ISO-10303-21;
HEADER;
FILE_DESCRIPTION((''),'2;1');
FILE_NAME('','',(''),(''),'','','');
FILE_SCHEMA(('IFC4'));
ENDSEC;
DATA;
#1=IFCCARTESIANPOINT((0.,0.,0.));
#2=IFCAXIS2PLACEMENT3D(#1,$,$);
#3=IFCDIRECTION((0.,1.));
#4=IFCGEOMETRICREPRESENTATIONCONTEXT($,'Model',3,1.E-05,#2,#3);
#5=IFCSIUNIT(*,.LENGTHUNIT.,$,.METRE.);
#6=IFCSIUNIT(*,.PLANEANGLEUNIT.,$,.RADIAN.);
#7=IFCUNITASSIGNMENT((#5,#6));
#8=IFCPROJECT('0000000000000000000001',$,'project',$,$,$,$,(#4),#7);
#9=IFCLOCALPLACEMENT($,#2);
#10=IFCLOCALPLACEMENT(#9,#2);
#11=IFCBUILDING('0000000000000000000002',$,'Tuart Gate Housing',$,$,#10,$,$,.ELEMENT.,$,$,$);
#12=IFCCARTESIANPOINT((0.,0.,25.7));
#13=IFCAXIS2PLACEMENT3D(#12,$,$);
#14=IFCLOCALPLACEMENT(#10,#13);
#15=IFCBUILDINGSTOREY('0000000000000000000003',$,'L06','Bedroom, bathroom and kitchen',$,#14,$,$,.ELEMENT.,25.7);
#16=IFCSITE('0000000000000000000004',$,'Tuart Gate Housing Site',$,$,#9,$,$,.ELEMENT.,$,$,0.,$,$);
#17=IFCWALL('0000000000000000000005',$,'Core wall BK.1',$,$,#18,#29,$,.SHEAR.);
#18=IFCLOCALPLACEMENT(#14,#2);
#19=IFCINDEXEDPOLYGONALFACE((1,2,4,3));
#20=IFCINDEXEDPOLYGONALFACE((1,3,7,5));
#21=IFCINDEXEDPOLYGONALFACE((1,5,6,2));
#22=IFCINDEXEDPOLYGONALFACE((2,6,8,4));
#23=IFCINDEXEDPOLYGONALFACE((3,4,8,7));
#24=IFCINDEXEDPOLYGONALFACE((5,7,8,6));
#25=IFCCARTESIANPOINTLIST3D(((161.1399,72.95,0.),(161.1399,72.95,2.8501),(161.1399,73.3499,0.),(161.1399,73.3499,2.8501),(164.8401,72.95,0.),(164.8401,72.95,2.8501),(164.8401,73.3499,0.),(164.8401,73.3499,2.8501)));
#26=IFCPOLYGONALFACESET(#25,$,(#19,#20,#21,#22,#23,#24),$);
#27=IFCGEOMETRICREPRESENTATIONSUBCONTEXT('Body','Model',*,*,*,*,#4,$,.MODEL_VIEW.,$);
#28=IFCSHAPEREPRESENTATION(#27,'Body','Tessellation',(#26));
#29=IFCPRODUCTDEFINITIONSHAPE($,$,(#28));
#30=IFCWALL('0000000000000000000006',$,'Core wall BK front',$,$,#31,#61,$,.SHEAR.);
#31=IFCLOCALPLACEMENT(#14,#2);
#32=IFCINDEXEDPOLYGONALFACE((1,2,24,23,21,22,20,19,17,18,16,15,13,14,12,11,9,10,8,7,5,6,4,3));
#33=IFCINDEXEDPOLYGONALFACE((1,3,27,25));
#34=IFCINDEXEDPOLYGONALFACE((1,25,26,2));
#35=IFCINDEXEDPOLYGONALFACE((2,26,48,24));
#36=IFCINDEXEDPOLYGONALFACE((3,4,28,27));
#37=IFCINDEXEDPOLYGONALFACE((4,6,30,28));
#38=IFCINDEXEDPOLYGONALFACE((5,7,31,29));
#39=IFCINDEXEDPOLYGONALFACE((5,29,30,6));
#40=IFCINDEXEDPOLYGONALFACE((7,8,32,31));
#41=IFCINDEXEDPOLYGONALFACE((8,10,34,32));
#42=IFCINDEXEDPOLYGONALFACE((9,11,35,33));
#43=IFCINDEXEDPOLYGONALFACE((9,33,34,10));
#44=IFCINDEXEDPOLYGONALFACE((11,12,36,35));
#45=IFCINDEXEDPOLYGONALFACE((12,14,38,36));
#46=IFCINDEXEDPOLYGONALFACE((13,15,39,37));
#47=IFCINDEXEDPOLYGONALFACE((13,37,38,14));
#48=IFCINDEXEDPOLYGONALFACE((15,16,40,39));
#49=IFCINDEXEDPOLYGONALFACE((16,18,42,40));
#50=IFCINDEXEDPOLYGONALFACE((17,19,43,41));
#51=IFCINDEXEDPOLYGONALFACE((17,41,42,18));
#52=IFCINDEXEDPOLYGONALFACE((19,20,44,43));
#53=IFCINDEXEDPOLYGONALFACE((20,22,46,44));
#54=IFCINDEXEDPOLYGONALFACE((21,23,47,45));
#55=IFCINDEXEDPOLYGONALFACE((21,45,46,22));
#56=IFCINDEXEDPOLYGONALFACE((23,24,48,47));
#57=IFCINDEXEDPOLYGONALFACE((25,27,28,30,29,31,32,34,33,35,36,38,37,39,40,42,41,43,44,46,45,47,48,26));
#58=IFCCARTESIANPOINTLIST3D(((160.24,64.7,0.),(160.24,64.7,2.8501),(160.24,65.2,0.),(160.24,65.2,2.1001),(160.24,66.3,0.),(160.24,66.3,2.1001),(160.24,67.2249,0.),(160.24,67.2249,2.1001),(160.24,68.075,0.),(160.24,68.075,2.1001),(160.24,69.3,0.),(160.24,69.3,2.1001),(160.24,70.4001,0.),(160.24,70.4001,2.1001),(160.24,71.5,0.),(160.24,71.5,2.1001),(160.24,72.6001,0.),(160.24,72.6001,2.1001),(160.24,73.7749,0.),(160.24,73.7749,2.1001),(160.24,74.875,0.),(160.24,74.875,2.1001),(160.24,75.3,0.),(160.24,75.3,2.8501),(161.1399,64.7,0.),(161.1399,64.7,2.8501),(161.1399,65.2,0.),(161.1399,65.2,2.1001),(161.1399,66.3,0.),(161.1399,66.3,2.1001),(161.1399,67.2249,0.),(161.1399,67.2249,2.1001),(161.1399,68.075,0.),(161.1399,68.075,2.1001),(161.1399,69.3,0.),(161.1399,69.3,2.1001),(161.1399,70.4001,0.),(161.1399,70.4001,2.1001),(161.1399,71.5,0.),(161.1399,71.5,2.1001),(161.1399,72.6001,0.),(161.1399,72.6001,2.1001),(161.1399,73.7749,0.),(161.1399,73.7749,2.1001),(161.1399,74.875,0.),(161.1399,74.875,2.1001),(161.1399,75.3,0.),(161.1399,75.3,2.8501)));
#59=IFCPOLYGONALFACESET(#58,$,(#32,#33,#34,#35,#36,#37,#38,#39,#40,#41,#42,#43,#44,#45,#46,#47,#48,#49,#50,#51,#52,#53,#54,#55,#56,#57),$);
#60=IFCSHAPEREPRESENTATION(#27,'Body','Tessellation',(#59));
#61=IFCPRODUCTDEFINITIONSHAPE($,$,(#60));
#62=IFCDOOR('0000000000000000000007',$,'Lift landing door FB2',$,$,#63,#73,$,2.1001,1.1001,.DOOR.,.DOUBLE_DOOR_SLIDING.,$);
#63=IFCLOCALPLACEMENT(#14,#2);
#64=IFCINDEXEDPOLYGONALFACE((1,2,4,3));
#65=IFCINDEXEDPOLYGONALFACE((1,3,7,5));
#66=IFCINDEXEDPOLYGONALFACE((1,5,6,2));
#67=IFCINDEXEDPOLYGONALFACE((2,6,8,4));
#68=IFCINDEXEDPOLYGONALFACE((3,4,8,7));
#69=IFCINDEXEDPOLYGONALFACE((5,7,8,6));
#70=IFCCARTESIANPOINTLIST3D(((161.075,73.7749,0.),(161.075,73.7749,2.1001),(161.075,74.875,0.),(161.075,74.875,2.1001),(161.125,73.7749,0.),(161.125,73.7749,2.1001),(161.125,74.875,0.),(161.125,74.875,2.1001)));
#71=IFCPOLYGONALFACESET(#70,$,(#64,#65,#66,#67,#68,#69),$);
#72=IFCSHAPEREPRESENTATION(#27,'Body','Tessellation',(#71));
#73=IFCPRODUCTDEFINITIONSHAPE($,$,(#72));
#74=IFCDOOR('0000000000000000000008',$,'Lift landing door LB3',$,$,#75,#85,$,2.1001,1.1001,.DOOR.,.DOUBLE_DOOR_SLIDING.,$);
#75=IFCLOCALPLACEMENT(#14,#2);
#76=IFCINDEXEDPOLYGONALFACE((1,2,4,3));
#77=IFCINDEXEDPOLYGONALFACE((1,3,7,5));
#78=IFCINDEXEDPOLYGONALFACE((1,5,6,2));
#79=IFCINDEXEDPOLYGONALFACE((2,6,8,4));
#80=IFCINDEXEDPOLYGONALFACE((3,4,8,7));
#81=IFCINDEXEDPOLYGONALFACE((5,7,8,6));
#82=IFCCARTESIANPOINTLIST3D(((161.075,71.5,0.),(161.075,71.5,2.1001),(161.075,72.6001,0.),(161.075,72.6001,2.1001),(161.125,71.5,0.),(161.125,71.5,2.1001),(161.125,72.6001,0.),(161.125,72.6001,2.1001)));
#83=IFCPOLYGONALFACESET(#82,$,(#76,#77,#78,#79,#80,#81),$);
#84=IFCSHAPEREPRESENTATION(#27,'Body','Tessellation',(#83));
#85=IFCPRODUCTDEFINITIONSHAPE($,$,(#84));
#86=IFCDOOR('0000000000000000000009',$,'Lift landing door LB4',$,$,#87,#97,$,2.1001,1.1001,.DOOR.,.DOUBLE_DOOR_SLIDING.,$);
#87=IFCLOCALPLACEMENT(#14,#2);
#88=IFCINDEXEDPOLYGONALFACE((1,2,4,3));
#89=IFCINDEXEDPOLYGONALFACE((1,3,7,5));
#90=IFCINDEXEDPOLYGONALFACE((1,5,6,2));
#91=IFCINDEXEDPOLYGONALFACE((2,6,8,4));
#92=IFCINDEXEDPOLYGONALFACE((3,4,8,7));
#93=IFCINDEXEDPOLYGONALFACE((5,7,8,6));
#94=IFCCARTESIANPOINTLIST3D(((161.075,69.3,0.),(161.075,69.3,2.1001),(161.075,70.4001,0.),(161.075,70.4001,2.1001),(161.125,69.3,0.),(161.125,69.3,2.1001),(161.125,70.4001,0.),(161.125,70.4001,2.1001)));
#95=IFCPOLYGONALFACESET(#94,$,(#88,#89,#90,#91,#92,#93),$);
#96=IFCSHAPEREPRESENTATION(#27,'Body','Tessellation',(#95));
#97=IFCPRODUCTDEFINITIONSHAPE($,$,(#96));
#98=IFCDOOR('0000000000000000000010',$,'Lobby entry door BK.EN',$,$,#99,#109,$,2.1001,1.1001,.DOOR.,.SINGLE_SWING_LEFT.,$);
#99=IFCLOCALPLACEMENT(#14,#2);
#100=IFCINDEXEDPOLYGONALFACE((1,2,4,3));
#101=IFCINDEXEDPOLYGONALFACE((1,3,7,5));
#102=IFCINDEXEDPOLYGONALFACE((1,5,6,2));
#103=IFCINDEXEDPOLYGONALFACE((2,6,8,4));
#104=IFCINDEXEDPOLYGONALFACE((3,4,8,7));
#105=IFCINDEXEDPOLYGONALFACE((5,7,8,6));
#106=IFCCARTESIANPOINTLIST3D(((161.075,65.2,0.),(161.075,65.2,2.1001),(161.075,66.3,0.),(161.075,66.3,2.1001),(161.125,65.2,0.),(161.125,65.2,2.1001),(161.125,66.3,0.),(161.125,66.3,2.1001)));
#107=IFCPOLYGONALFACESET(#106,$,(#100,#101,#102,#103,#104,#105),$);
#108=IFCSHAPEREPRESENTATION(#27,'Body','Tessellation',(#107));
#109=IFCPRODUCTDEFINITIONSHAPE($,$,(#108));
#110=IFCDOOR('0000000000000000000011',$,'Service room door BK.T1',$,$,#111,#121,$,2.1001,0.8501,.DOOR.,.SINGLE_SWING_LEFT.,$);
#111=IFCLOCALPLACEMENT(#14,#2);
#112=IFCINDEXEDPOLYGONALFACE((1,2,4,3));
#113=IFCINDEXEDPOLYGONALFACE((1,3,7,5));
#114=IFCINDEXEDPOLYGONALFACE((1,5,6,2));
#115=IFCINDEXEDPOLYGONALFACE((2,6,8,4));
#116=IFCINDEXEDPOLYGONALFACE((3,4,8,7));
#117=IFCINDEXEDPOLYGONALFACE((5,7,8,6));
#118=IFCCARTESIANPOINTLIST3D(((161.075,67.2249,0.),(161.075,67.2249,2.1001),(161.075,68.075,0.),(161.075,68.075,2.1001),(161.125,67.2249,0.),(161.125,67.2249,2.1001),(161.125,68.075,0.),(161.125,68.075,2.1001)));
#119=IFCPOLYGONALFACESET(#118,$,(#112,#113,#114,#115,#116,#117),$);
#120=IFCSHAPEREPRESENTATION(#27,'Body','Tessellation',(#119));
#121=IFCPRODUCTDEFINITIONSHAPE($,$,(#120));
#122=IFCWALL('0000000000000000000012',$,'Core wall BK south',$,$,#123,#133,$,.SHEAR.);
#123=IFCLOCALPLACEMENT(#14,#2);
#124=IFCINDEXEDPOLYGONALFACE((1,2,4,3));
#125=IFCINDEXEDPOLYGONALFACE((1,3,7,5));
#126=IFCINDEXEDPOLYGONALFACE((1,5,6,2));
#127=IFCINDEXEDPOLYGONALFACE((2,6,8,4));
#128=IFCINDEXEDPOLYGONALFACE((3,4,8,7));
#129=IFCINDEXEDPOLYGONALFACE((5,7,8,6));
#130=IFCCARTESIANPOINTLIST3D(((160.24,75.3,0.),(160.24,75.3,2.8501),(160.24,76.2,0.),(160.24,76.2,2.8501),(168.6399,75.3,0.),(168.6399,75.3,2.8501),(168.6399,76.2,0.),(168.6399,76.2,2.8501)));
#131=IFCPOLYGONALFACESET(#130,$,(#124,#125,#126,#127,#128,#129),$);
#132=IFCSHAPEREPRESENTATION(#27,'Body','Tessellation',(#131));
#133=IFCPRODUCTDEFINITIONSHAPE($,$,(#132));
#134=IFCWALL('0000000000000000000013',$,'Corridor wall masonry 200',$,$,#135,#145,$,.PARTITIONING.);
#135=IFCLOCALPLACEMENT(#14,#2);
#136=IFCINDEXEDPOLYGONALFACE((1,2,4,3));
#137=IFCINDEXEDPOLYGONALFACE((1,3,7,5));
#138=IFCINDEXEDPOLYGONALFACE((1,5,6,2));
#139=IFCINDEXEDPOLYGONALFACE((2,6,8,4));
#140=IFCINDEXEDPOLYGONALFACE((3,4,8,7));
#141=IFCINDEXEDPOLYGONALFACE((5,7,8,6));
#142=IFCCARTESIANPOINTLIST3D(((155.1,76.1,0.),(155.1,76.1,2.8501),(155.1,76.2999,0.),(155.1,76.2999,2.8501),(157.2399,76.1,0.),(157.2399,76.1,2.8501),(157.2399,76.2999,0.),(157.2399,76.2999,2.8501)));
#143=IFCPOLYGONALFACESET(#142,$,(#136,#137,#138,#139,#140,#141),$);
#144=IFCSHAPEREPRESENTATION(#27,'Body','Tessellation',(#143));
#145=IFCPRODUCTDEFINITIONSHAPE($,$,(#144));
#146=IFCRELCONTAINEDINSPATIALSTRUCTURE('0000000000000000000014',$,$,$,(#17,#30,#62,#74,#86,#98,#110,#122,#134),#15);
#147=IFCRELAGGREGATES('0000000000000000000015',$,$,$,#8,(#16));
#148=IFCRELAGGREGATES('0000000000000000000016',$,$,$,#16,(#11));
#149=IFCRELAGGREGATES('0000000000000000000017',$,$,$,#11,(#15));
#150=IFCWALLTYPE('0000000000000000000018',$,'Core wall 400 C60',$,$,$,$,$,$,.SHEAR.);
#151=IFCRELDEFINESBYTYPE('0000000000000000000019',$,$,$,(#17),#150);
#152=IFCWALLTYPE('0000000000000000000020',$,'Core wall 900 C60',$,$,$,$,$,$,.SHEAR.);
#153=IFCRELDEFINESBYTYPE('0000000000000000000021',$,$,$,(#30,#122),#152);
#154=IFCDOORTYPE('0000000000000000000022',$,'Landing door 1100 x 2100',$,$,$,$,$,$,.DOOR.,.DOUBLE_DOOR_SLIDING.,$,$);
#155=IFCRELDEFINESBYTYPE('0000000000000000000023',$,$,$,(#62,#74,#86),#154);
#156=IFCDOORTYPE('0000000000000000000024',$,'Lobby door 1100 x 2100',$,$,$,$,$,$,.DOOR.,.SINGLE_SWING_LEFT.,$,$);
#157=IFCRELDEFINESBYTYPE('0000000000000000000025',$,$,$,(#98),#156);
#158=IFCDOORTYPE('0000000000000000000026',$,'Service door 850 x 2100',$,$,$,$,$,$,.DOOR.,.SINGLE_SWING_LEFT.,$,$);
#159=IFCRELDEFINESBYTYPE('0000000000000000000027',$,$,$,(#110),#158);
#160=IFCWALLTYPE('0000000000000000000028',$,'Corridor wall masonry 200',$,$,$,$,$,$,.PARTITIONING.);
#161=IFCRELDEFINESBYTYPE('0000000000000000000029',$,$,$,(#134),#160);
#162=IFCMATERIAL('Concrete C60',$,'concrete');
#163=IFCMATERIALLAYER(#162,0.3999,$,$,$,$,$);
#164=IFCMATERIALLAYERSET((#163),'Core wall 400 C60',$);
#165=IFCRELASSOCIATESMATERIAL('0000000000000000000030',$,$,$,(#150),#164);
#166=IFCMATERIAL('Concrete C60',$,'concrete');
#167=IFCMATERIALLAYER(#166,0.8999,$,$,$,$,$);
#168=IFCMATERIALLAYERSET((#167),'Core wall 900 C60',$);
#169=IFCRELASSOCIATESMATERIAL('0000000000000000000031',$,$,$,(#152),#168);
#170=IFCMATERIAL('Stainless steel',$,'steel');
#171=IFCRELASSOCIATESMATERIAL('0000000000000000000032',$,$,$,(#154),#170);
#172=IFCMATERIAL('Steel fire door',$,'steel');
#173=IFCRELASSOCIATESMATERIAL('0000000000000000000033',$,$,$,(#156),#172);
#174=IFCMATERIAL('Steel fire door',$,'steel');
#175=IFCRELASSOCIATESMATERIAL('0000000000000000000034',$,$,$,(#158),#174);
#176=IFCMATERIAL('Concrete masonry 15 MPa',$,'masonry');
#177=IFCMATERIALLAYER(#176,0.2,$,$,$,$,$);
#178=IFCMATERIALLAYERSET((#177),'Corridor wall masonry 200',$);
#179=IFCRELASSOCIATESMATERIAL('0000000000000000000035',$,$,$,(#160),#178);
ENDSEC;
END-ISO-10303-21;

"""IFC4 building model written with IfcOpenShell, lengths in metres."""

from ifc_helpers import new_model, si_unit, direction, frame, frame_2d, origin, place, context, subcontext, project, spatial, rectangle, extrude, material, layer, layer_set, type_object, element, fill, save


model = new_model("IFC4")

# Units and contexts
model_context = context("Model", 3, precision=1e-05, world=origin(), true_north=direction((0.0, 1.0)))
body_context = subcontext(model_context, "Body", "Model", "MODEL_VIEW")
ifc_project = project(units=[si_unit("LENGTHUNIT", "METRE"), si_unit("PLANEANGLEUNIT", "RADIAN")], contexts=[model_context])

# Site, building, storey
site_placement = place(None, origin())
site = spatial("IfcSite", under=ifc_project, at=site_placement, Name="Tuart Gate Housing Site", CompositionType="ELEMENT", RefElevation=0.0)
building_placement = place(site_placement, origin())
building = spatial("IfcBuilding", under=site, at=building_placement, Name="Tuart Gate Housing", CompositionType="ELEMENT")
storey_placement = place(building_placement, frame((0.0, 0.0, 25.7)))
storey = spatial("IfcBuildingStorey", under=building, at=storey_placement, Name="L06", Description="Bedroom, bathroom and kitchen", CompositionType="ELEMENT", Elevation=25.7)

# Wall
ifc_material_1 = material(Name="Concrete C60", Category="concrete")
ifc_layer_1 = layer(ifc_material_1, 0.3999)
ifc_layer_set_1 = layer_set([ifc_layer_1], Name="Core wall 400 C60")
wall_type_1 = type_object("IfcWallType", Name="Core wall 400 C60", PredefinedType="SHEAR", material=ifc_layer_set_1)
wall_1_placement = place(storey_placement, frame((161.1399, 73.1499, 0.0), z_axis=(0.0, 0.0, 1.0), x_axis=(1.0, 0.0, 0.0)))
element("IfcWall", 1, at=wall_1_placement, inside=storey, type_object=wall_type_1, Name="Core wall BK.1", PredefinedType="SHEAR", context=body_context, shape_type="SweptSolid", body=[
    extrude(rectangle(XDim=3.7002, YDim=0.3999, at=frame_2d((1.8501, 0.0))), origin(), (0.0, 0.0, 1.0), 2.8501),
])

# Wall, openings, doors
ifc_material_2 = material(Name="Concrete C60", Category="concrete")
ifc_layer_2 = layer(ifc_material_2, 0.8999)
ifc_layer_set_2 = layer_set([ifc_layer_2], Name="Core wall 900 C60")
wall_type_2 = type_object("IfcWallType", Name="Core wall 900 C60", PredefinedType="SHEAR", material=ifc_layer_set_2)
wall_2_placement = place(storey_placement, frame((160.6899, 75.3, 0.0), z_axis=(0.0, 0.0, 1.0), x_axis=(0.0, -1.0, 0.0)))
wall_2 = element("IfcWall", 2, at=wall_2_placement, inside=storey, type_object=wall_type_2, Name="Core wall BK front", PredefinedType="SHEAR", context=body_context, shape_type="SweptSolid", body=[
    extrude(rectangle(XDim=10.6001, YDim=0.8999, at=frame_2d((5.3, 0.0))), origin(), (0.0, 0.0, 1.0), 2.8501),
])
opening_1_placement = place(wall_2_placement, frame((0.425, 0.0, 0.0)))
opening_1 = element("IfcOpeningElement", 3, at=opening_1_placement, cuts=wall_2, PredefinedType="OPENING", context=body_context, shape_type="SweptSolid", body=[
    extrude(rectangle(XDim=1.1001, YDim=2.1001, at=frame_2d((0.55, 1.05))), frame((0.0, 0.46, 0.0), z_axis=(0.0, -1.0, 0.0), x_axis=(1.0, 0.0, 0.0)), (0.0, 0.0, 1.0), 0.9199),
])
opening_2_placement = place(wall_2_placement, frame((2.7, 0.0, 0.0)))
opening_2 = element("IfcOpeningElement", 4, at=opening_2_placement, cuts=wall_2, PredefinedType="OPENING", context=body_context, shape_type="SweptSolid", body=[
    extrude(rectangle(XDim=1.1001, YDim=2.1001, at=frame_2d((0.55, 1.05))), frame((0.0, 0.46, 0.0), z_axis=(0.0, -1.0, 0.0), x_axis=(1.0, 0.0, 0.0)), (0.0, 0.0, 1.0), 0.9199),
])
opening_3_placement = place(wall_2_placement, frame((4.8999, 0.0, 0.0)))
opening_3 = element("IfcOpeningElement", 5, at=opening_3_placement, cuts=wall_2, PredefinedType="OPENING", context=body_context, shape_type="SweptSolid", body=[
    extrude(rectangle(XDim=1.1001, YDim=2.1001, at=frame_2d((0.55, 1.05))), frame((0.0, 0.46, 0.0), z_axis=(0.0, -1.0, 0.0), x_axis=(1.0, 0.0, 0.0)), (0.0, 0.0, 1.0), 0.9199),
])
opening_4_placement = place(wall_2_placement, frame((9.0, 0.0, 0.0)))
opening_4 = element("IfcOpeningElement", 6, at=opening_4_placement, cuts=wall_2, PredefinedType="OPENING", context=body_context, shape_type="SweptSolid", body=[
    extrude(rectangle(XDim=1.1001, YDim=2.1001, at=frame_2d((0.55, 1.05))), frame((0.0, 0.46, 0.0), z_axis=(0.0, -1.0, 0.0), x_axis=(1.0, 0.0, 0.0)), (0.0, 0.0, 1.0), 0.9199),
])
opening_5_placement = place(wall_2_placement, frame((7.2251, 0.0, 0.0)))
opening_5 = element("IfcOpeningElement", 7, at=opening_5_placement, cuts=wall_2, PredefinedType="OPENING", context=body_context, shape_type="SweptSolid", body=[
    extrude(rectangle(XDim=0.8501, YDim=2.1001, at=frame_2d((0.425, 1.05))), frame((0.0, 0.46, 0.0), z_axis=(0.0, -1.0, 0.0), x_axis=(1.0, 0.0, 0.0)), (0.0, 0.0, 1.0), 0.9199),
])
ifc_material_3 = material(Name="Stainless steel", Category="steel")
door_type_1 = type_object("IfcDoorType", Name="Landing door 1100 x 2100", OperationType="DOUBLE_DOOR_SLIDING", PredefinedType="DOOR", material=ifc_material_3)
door_1_placement = place(opening_1_placement, origin())
door_1 = element("IfcDoor", 8, at=door_1_placement, inside=storey, type_object=door_type_1, Name="Lift landing door FB2", OperationType="DOUBLE_DOOR_SLIDING", OverallHeight=2.1001, OverallWidth=1.1001, PredefinedType="DOOR", context=body_context, shape_type="SweptSolid", body=[
    extrude(rectangle(XDim=1.1001, YDim=2.1001, at=frame_2d((0.55, 1.05))), frame((0.0, 0.4351, 0.0), z_axis=(0.0, -1.0, 0.0), x_axis=(1.0, 0.0, 0.0)), (0.0, 0.0, 1.0), 0.05),
])
fill(opening_1, door_1)
door_2_placement = place(opening_2_placement, origin())
door_2 = element("IfcDoor", 9, at=door_2_placement, inside=storey, type_object=door_type_1, Name="Lift landing door LB3", OperationType="DOUBLE_DOOR_SLIDING", OverallHeight=2.1001, OverallWidth=1.1001, PredefinedType="DOOR", context=body_context, shape_type="SweptSolid", body=[
    extrude(rectangle(XDim=1.1001, YDim=2.1001, at=frame_2d((0.55, 1.05))), frame((0.0, 0.4351, 0.0), z_axis=(0.0, -1.0, 0.0), x_axis=(1.0, 0.0, 0.0)), (0.0, 0.0, 1.0), 0.05),
])
fill(opening_2, door_2)
door_3_placement = place(opening_3_placement, origin())
door_3 = element("IfcDoor", 10, at=door_3_placement, inside=storey, type_object=door_type_1, Name="Lift landing door LB4", OperationType="DOUBLE_DOOR_SLIDING", OverallHeight=2.1001, OverallWidth=1.1001, PredefinedType="DOOR", context=body_context, shape_type="SweptSolid", body=[
    extrude(rectangle(XDim=1.1001, YDim=2.1001, at=frame_2d((0.55, 1.05))), frame((0.0, 0.4351, 0.0), z_axis=(0.0, -1.0, 0.0), x_axis=(1.0, 0.0, 0.0)), (0.0, 0.0, 1.0), 0.05),
])
fill(opening_3, door_3)
ifc_material_4 = material(Name="Steel fire door", Category="steel")
door_type_2 = type_object("IfcDoorType", Name="Lobby door 1100 x 2100", OperationType="SINGLE_SWING_LEFT", PredefinedType="DOOR", material=ifc_material_4)
door_4_placement = place(opening_4_placement, origin())
door_4 = element("IfcDoor", 11, at=door_4_placement, inside=storey, type_object=door_type_2, Name="Lobby entry door BK.EN", OperationType="SINGLE_SWING_LEFT", OverallHeight=2.1001, OverallWidth=1.1001, PredefinedType="DOOR", context=body_context, shape_type="SweptSolid", body=[
    extrude(rectangle(XDim=1.1001, YDim=2.1001, at=frame_2d((0.55, 1.05))), frame((0.0, 0.4351, 0.0), z_axis=(0.0, -1.0, 0.0), x_axis=(1.0, 0.0, 0.0)), (0.0, 0.0, 1.0), 0.05),
])
fill(opening_4, door_4)
ifc_material_5 = material(Name="Steel fire door", Category="steel")
door_type_3 = type_object("IfcDoorType", Name="Service door 850 x 2100", OperationType="SINGLE_SWING_LEFT", PredefinedType="DOOR", material=ifc_material_5)
door_5_placement = place(opening_5_placement, origin())
door_5 = element("IfcDoor", 12, at=door_5_placement, inside=storey, type_object=door_type_3, Name="Service room door BK.T1", OperationType="SINGLE_SWING_LEFT", OverallHeight=2.1001, OverallWidth=0.8501, PredefinedType="DOOR", context=body_context, shape_type="SweptSolid", body=[
    extrude(rectangle(XDim=0.8501, YDim=2.1001, at=frame_2d((0.425, 1.05))), frame((0.0, 0.4351, 0.0), z_axis=(0.0, -1.0, 0.0), x_axis=(1.0, 0.0, 0.0)), (0.0, 0.0, 1.0), 0.05),
])
fill(opening_5, door_5)

# Walls
wall_3_placement = place(storey_placement, frame((160.24, 75.75, 0.0), z_axis=(0.0, 0.0, 1.0), x_axis=(1.0, 0.0, 0.0)))
element("IfcWall", 13, at=wall_3_placement, inside=storey, type_object=wall_type_2, Name="Core wall BK south", PredefinedType="SHEAR", context=body_context, shape_type="SweptSolid", body=[
    extrude(rectangle(XDim=8.3999, YDim=0.8999, at=frame_2d((4.2, 0.0))), origin(), (0.0, 0.0, 1.0), 2.8501),
])
ifc_material_6 = material(Name="Concrete masonry 15 MPa", Category="masonry")
ifc_layer_3 = layer(ifc_material_6, 0.2)
ifc_layer_set_3 = layer_set([ifc_layer_3], Name="Corridor wall masonry 200")
wall_type_3 = type_object("IfcWallType", Name="Corridor wall masonry 200", PredefinedType="PARTITIONING", material=ifc_layer_set_3)
wall_4_placement = place(storey_placement, frame((155.1001, 76.2, 0.0), z_axis=(0.0, 0.0, 1.0), x_axis=(1.0, 0.0, 0.0)))
element("IfcWall", 14, at=wall_4_placement, inside=storey, type_object=wall_type_3, Name="Corridor wall masonry 200", PredefinedType="PARTITIONING", context=body_context, shape_type="SweptSolid", body=[
    extrude(rectangle(XDim=2.1399, YDim=0.2, at=frame_2d((1.0698, 0.0))), origin(), (0.0, 0.0, 1.0), 2.8501),
])

save(model, "model.ifc")
